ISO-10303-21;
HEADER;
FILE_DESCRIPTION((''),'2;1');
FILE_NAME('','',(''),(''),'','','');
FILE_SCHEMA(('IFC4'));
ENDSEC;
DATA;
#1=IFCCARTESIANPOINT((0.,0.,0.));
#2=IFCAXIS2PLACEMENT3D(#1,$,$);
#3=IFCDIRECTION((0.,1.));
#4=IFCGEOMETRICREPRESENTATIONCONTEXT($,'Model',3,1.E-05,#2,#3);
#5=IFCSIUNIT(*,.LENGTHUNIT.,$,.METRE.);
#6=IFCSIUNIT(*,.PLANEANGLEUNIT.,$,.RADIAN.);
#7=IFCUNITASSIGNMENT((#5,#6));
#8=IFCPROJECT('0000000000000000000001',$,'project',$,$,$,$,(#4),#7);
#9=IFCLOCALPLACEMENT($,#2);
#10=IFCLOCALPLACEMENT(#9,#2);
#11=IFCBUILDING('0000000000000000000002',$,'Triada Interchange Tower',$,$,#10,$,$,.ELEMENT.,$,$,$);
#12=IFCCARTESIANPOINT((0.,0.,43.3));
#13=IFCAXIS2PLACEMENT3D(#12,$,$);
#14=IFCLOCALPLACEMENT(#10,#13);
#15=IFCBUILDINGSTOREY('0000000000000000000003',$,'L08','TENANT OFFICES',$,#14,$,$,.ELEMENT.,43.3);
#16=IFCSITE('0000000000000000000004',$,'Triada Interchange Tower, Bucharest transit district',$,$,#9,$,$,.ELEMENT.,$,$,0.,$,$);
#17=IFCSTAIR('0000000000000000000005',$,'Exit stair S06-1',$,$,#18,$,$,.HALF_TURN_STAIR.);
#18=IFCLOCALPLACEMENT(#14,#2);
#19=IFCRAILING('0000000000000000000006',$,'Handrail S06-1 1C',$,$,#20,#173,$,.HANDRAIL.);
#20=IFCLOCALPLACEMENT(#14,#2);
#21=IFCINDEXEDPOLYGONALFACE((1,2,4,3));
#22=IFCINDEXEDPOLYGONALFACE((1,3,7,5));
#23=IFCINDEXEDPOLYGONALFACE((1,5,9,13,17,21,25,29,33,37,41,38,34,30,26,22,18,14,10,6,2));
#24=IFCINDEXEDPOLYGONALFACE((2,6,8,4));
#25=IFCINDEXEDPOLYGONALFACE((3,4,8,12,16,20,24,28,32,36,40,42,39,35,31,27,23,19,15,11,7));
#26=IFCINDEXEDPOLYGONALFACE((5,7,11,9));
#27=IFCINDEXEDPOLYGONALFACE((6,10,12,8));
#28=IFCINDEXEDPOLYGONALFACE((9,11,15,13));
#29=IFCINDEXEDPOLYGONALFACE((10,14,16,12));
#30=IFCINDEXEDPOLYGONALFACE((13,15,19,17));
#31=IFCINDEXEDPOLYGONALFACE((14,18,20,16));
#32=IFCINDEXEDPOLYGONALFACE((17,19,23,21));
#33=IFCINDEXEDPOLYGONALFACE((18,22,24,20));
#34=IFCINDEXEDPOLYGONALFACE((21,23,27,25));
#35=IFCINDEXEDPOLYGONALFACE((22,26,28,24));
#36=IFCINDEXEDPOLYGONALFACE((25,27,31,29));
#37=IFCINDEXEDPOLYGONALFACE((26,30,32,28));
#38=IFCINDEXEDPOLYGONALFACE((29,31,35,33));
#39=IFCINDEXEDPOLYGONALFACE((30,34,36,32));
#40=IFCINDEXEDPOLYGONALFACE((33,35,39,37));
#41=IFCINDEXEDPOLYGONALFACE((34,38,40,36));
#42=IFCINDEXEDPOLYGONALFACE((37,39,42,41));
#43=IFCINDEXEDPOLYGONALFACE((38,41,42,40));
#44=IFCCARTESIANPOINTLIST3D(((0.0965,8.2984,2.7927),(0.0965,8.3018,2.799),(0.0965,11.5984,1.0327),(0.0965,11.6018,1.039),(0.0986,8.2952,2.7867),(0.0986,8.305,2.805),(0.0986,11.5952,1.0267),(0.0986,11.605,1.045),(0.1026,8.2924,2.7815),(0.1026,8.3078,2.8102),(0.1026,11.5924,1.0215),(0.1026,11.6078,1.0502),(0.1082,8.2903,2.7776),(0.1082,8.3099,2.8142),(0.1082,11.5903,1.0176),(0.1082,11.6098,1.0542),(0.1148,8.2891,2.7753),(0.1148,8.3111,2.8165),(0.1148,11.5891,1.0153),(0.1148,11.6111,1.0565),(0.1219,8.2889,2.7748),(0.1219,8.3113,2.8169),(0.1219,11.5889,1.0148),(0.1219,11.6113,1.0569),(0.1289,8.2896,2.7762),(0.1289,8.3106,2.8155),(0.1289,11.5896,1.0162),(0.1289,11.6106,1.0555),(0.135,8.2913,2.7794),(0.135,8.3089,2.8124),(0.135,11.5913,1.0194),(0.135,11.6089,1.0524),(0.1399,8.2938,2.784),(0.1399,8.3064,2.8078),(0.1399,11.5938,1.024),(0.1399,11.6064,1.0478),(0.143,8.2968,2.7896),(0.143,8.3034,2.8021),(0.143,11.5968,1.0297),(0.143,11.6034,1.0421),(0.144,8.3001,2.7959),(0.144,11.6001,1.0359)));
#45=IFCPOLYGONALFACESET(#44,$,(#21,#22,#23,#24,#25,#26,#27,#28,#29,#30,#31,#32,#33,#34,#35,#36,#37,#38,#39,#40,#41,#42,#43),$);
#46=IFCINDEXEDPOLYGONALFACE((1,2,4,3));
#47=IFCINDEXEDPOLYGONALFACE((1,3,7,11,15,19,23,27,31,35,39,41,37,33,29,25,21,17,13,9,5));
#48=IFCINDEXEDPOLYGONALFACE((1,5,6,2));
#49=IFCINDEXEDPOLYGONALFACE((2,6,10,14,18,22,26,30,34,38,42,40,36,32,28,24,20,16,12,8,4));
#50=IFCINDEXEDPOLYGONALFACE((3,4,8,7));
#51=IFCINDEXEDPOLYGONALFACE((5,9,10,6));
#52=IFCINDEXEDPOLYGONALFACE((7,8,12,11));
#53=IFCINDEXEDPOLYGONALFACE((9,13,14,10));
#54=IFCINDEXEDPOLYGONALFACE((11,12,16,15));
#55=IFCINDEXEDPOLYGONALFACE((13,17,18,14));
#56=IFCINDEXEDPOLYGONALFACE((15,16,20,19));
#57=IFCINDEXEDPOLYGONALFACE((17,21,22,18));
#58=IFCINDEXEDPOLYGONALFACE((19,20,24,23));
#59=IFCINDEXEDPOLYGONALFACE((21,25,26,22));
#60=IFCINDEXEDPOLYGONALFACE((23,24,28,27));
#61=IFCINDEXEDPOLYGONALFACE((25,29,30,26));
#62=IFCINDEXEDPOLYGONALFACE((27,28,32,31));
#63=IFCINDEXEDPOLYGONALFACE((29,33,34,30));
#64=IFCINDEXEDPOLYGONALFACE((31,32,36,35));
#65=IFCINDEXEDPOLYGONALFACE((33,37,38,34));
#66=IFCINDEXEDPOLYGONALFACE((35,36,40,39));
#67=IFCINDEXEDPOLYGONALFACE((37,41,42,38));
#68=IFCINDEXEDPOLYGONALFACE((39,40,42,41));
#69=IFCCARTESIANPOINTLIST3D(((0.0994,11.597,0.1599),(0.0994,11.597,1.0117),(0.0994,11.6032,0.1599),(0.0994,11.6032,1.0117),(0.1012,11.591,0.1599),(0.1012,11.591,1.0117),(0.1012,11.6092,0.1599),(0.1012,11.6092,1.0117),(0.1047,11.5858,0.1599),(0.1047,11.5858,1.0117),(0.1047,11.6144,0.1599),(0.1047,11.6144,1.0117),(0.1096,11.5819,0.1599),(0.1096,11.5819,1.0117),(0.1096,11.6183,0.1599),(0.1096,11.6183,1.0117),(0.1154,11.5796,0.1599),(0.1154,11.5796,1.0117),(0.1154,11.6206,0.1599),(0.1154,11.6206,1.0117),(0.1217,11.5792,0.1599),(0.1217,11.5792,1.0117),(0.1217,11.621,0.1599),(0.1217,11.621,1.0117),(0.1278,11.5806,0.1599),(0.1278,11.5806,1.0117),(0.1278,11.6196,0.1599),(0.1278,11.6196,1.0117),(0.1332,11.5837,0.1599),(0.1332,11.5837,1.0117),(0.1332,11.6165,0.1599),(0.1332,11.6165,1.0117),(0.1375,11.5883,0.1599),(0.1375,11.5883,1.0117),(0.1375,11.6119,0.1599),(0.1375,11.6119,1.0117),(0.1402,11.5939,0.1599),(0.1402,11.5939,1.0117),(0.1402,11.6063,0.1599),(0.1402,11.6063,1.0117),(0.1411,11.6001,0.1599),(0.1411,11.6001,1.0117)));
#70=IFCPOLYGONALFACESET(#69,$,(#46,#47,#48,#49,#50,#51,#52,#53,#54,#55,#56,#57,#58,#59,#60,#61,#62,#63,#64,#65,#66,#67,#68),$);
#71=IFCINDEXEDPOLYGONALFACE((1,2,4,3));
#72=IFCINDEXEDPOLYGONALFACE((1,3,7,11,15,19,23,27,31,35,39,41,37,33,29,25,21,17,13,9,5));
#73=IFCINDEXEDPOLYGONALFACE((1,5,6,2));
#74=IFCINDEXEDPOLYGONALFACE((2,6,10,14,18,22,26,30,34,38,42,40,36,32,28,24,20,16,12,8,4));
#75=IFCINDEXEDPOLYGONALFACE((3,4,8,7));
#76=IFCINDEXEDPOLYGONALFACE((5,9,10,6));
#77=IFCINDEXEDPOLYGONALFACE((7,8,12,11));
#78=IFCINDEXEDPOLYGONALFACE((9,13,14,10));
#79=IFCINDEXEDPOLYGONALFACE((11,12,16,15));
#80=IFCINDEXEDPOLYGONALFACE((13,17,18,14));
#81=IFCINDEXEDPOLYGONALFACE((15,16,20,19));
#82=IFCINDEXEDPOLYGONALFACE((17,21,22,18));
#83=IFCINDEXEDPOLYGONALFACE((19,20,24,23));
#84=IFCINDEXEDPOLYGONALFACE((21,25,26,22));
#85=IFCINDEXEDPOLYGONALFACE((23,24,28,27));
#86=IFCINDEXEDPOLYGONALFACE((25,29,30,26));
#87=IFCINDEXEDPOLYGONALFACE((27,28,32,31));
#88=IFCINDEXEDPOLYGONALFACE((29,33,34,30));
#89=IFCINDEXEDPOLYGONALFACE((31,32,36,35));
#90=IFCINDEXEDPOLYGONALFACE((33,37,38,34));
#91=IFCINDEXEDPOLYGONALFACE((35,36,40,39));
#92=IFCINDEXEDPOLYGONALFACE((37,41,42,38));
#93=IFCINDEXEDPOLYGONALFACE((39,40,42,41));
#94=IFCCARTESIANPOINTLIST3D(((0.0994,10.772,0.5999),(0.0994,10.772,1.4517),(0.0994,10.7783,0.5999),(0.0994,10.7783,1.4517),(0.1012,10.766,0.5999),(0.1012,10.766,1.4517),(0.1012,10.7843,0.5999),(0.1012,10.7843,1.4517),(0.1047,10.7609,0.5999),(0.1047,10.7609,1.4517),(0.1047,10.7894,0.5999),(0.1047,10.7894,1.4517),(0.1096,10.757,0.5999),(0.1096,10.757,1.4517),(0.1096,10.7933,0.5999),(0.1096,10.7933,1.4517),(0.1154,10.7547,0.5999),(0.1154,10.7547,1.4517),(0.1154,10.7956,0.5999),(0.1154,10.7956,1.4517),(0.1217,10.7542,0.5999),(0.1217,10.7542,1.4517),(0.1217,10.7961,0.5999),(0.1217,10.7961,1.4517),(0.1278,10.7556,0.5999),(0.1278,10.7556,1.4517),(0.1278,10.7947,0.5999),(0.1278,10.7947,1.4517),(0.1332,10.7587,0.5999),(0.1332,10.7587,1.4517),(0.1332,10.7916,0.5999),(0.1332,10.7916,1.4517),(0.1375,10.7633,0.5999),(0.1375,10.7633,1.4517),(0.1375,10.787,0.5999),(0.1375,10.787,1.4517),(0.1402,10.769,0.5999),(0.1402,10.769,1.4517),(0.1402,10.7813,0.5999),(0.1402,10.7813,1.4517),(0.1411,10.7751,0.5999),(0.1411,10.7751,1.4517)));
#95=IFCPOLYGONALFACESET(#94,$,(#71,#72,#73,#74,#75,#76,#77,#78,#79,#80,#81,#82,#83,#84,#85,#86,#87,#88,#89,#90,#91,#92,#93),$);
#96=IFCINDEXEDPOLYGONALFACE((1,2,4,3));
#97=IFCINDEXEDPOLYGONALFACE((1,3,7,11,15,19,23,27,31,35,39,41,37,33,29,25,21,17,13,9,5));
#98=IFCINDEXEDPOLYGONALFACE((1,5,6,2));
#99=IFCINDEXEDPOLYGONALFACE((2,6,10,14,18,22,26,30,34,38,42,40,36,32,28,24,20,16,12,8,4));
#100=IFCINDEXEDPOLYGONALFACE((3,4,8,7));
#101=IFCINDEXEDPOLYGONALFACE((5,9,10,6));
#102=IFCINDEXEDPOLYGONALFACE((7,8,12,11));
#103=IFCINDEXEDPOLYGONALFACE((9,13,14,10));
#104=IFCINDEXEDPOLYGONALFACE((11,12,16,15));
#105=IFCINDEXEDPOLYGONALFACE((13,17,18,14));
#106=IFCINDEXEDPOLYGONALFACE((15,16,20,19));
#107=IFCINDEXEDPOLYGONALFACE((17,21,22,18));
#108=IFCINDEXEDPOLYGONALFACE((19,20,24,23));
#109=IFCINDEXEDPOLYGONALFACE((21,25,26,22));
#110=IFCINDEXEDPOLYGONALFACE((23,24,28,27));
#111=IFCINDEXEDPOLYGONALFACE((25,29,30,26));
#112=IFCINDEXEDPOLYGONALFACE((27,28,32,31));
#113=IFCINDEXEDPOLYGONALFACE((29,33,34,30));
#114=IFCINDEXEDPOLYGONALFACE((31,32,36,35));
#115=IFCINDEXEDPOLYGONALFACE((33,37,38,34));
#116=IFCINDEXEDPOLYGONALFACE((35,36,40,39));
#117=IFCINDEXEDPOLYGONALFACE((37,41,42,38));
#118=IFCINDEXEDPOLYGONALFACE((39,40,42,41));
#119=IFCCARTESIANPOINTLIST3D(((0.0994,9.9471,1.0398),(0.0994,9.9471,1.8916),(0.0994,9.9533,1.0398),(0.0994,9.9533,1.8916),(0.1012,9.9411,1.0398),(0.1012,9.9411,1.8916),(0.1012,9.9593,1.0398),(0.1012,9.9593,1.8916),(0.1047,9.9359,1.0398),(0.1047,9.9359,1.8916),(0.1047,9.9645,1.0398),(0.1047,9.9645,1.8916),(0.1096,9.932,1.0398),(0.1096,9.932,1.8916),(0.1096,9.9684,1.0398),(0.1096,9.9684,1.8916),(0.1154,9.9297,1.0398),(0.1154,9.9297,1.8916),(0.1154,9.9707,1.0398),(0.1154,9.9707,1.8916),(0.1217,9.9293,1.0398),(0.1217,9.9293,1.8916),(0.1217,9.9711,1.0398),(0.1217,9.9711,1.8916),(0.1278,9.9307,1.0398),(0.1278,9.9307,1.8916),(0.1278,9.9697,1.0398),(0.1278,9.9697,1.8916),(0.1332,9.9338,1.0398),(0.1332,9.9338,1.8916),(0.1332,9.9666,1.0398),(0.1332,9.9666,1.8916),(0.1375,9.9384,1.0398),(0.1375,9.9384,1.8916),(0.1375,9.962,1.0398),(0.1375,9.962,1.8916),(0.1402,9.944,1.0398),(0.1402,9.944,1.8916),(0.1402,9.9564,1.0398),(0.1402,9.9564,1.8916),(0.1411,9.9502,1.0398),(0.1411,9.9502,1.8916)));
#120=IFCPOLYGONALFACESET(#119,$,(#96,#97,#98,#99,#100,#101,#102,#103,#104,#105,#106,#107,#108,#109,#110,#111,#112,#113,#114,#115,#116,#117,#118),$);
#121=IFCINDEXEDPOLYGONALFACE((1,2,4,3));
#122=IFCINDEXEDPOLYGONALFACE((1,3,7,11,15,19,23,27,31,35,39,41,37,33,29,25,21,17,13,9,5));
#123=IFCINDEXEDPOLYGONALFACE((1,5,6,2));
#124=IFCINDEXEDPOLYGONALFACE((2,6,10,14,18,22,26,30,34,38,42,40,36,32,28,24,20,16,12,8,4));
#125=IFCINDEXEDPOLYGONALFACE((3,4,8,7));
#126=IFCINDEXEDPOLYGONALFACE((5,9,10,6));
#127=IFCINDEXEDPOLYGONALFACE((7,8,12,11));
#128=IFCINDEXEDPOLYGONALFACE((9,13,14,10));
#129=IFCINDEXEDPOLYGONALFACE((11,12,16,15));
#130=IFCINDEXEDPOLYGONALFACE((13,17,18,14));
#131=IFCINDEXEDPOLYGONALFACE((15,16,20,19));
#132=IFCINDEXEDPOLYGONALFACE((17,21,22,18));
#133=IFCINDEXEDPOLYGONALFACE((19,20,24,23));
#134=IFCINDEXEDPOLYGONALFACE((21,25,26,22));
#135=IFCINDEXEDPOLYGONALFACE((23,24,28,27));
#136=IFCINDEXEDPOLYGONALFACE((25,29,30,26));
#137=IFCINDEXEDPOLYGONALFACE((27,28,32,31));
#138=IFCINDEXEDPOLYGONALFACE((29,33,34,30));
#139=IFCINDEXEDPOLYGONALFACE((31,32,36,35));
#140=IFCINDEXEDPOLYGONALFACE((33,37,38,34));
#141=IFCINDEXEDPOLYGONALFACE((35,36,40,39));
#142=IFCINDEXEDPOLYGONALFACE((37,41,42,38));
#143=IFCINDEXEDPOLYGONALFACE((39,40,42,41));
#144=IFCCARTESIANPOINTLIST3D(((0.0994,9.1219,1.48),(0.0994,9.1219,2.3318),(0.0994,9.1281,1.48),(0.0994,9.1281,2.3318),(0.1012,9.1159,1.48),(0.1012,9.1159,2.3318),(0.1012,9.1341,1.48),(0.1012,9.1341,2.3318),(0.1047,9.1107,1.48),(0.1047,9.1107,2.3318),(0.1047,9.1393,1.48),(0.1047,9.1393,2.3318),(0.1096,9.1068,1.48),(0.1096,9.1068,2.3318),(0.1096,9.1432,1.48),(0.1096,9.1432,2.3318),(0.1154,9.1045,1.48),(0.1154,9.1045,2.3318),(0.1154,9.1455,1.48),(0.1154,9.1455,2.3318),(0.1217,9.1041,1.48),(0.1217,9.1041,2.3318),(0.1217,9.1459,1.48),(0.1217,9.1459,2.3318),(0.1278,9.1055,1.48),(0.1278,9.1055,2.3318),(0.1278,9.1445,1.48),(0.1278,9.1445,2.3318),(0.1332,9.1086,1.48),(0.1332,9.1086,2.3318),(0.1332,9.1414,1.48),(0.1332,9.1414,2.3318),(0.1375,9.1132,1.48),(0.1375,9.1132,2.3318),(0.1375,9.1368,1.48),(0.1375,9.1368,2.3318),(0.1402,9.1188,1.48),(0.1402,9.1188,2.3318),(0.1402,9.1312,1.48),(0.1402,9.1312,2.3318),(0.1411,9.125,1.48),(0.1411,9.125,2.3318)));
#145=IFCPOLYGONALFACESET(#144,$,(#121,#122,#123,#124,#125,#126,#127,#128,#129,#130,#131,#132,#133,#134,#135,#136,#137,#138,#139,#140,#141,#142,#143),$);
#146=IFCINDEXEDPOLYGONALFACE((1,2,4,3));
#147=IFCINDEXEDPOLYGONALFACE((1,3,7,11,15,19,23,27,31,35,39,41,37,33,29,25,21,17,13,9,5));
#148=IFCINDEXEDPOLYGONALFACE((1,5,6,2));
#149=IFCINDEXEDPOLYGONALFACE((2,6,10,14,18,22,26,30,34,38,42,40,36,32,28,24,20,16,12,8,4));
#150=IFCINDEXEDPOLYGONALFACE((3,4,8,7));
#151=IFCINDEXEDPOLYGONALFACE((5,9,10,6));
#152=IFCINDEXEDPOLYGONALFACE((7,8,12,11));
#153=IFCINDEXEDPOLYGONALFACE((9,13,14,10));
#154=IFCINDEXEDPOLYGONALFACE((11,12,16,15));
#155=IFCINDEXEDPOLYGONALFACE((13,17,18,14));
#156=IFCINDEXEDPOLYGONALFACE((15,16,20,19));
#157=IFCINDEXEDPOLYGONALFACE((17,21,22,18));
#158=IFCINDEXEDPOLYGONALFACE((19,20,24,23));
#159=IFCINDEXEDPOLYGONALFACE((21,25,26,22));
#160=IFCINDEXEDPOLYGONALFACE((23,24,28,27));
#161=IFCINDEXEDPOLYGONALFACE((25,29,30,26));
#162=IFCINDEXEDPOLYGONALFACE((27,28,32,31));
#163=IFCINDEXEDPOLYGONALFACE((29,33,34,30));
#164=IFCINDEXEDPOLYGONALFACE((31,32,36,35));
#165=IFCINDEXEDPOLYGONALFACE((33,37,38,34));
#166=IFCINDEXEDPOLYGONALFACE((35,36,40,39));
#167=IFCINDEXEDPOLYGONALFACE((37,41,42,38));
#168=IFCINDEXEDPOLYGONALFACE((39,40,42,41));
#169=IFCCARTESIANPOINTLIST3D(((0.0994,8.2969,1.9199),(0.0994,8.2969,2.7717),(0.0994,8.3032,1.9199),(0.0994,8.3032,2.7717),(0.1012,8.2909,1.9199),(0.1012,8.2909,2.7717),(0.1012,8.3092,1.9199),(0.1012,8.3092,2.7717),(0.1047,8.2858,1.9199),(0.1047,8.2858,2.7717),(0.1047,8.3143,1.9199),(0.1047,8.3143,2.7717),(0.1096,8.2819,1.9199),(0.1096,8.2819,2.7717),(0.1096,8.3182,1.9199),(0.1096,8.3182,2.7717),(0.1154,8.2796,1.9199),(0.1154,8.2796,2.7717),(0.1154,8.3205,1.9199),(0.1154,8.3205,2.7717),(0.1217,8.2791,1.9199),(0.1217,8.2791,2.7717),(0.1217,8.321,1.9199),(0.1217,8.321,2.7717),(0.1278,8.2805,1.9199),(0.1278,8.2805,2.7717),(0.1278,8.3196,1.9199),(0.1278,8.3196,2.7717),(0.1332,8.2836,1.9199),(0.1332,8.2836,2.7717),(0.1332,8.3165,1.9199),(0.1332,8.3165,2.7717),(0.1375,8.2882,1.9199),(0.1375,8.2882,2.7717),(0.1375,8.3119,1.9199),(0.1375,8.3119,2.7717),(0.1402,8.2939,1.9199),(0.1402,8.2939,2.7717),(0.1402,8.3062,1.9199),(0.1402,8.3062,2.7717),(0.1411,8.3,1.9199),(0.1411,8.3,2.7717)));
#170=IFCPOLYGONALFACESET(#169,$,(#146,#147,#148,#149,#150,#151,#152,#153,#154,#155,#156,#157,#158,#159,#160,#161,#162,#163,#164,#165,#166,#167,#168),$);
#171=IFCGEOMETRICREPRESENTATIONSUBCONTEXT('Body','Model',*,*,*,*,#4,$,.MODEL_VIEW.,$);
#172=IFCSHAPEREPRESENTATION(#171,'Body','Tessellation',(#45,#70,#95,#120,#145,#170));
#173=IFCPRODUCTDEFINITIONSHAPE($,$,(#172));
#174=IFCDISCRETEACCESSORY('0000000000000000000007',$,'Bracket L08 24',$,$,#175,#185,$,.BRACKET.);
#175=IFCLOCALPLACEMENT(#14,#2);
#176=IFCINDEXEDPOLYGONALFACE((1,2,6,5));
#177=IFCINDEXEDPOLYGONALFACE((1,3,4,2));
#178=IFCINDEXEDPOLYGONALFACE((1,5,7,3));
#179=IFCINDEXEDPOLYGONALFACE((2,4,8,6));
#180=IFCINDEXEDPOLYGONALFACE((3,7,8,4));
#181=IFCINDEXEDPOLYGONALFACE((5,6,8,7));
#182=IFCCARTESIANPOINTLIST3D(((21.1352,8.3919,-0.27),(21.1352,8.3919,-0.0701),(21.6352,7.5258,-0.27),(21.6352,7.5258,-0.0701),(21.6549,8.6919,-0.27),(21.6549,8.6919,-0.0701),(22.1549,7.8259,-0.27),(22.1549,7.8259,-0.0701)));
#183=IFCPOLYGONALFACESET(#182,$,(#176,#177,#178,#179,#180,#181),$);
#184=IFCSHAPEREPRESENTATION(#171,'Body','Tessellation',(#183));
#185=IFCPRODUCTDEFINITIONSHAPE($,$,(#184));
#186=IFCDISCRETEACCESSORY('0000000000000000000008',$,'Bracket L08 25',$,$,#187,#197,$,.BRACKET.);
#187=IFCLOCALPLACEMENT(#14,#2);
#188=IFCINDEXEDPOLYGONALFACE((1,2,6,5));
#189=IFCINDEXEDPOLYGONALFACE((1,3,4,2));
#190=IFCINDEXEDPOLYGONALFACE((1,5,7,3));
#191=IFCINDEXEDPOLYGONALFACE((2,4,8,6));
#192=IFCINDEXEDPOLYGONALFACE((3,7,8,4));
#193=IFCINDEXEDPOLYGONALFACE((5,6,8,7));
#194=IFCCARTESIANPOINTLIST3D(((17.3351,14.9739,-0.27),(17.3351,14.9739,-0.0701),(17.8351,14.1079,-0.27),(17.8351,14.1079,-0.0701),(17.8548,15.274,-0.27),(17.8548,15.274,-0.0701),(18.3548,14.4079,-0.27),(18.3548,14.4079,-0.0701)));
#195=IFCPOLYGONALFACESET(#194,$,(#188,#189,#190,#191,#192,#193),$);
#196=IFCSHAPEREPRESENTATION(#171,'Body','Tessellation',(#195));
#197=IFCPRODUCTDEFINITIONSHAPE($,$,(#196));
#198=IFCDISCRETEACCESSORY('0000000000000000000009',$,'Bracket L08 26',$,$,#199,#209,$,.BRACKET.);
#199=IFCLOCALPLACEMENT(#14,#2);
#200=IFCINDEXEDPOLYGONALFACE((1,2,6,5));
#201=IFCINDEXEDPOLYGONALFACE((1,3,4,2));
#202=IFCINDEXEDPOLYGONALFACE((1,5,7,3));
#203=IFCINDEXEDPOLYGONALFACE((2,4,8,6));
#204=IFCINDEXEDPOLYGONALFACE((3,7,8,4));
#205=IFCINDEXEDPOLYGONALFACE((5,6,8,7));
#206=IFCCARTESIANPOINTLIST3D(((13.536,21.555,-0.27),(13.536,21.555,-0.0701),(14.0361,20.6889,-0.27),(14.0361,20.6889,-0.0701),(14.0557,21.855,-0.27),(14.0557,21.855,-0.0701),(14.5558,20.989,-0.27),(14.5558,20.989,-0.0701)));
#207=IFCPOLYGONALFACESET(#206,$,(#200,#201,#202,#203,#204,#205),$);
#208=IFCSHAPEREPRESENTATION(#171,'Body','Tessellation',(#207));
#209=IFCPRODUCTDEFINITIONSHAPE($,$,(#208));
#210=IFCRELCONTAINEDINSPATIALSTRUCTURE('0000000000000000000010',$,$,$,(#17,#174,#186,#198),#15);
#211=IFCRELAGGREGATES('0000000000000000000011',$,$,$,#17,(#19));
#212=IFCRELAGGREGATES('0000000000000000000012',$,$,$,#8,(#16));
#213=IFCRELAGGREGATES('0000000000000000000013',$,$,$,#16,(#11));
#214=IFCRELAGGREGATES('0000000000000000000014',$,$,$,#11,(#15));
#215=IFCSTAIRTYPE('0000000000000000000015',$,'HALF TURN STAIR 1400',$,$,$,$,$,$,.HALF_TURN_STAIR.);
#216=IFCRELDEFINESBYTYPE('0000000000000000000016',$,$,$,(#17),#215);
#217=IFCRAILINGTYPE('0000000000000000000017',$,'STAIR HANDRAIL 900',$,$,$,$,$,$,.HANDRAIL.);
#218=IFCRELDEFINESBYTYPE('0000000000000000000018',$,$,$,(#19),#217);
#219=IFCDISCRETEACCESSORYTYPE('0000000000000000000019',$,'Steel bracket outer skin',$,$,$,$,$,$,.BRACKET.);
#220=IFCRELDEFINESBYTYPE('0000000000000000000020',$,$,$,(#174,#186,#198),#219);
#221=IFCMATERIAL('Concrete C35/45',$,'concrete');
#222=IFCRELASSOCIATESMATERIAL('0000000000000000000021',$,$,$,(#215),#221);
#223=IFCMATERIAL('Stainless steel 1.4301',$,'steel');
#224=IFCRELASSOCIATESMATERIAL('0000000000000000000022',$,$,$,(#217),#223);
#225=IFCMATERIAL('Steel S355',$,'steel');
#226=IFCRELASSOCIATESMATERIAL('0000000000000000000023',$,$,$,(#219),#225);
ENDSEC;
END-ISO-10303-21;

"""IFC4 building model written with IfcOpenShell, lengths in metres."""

from ifc_helpers import new_model, si_unit, direction, frame, origin, origin_2d, place, context, subcontext, project, spatial, rectangle, circle, extrude, material, type_object, element, aggregate, save


model = new_model("IFC4")

# Units and contexts
model_context = context("Model", 3, precision=1e-05, world=origin(), true_north=direction((0.0, 1.0)))
body_context = subcontext(model_context, "Body", "Model", "MODEL_VIEW")
ifc_project = project(units=[si_unit("LENGTHUNIT", "METRE"), si_unit("PLANEANGLEUNIT", "RADIAN")], contexts=[model_context])

# Site, building, storey
site_placement = place(None, origin())
site = spatial("IfcSite", under=ifc_project, at=site_placement, Name="Triada Interchange Tower, Bucharest transit district", CompositionType="ELEMENT", RefElevation=0.0)
building_placement = place(site_placement, origin())
building = spatial("IfcBuilding", under=site, at=building_placement, Name="Triada Interchange Tower", CompositionType="ELEMENT")
storey_placement = place(building_placement, frame((0.0, 0.0, 43.3)))
storey = spatial("IfcBuildingStorey", under=building, at=storey_placement, Name="L08", Description="TENANT OFFICES", CompositionType="ELEMENT", Elevation=43.3)

# Stair
ifc_material_1 = material(Name="Concrete C35/45", Category="concrete")
stair_type = type_object("IfcStairType", Name="HALF TURN STAIR 1400", PredefinedType="HALF_TURN_STAIR", material=ifc_material_1)
stair_placement = place(storey_placement, origin())
stair = element("IfcStair", 1, at=stair_placement, inside=storey, type_object=stair_type, Name="Exit stair S06-1", PredefinedType="HALF_TURN_STAIR")

# Railing
ifc_material_2 = material(Name="Stainless steel 1.4301", Category="steel")
railing_type = type_object("IfcRailingType", Name="STAIR HANDRAIL 900", PredefinedType="HANDRAIL", material=ifc_material_2)
railing_1_placement = place(storey_placement, frame((0.1201, 11.6001, 0.1599)))
railing_1 = element("IfcRailing", 2, at=railing_1_placement, type_object=railing_type, Name="Handrail S06-1 1C", PredefinedType="HANDRAIL", context=body_context, shape_type="SweptSolid", body=[
    extrude(circle(Radius=0.0239, at=origin_2d()), frame((0.0, 0.0, 0.876), z_axis=(0.0, -0.882355, 0.470585), x_axis=(1.0, 0.0, 0.0)), (0.0, 0.0, 1.0), 3.74),
    extrude(circle(Radius=0.021, at=origin_2d()), origin(), (0.0, 0.0, 1.0), 0.8518),
    extrude(circle(Radius=0.021, at=origin_2d()), frame((0.0, -0.825, 0.4399)), (0.0, 0.0, 1.0), 0.8518),
    extrude(circle(Radius=0.021, at=origin_2d()), frame((0.0, -1.6499, 0.8799)), (0.0, 0.0, 1.0), 0.8518),
    extrude(circle(Radius=0.021, at=origin_2d()), frame((0.0, -2.4751, 1.3201)), (0.0, 0.0, 1.0), 0.8518),
    extrude(circle(Radius=0.021, at=origin_2d()), frame((0.0, -3.3, 1.76)), (0.0, 0.0, 1.0), 0.8518),
])
aggregate(stair, [railing_1])

# Discrete accessories
ifc_material_3 = material(Name="Steel S355", Category="steel")
discrete_accessory_type = type_object("IfcDiscreteAccessoryType", Name="Steel bracket outer skin", PredefinedType="BRACKET", material=ifc_material_3)
for number, where, z_axis, x_axis, name in (
    (3, (21.645, 8.1089, -0.27), (0.0, 0.0, 1.0), (0.866021, 0.500008, 0.0), "Bracket L08 24"),
    (4, (17.845, 14.6909, -0.27), (0.0, 0.0, 1.0), (0.866021, 0.500008, 0.0), "Bracket L08 25"),
    (5, (14.0459, 21.272, -0.27), (0.0, 0.0, 1.0), (0.866021, 0.500008, 0.0), "Bracket L08 26"),
):
    element("IfcDiscreteAccessory", number, at=place(storey_placement, frame(where, z_axis=z_axis, x_axis=x_axis)), inside=storey, type_object=discrete_accessory_type, Name=name, PredefinedType="BRACKET", context=body_context, shape_type="SweptSolid", body=[
        extrude(rectangle(XDim=0.6001, YDim=1.0, at=origin_2d()), origin(), (0.0, 0.0, 1.0), 0.2),
    ])

save(model, "model.ifc")
